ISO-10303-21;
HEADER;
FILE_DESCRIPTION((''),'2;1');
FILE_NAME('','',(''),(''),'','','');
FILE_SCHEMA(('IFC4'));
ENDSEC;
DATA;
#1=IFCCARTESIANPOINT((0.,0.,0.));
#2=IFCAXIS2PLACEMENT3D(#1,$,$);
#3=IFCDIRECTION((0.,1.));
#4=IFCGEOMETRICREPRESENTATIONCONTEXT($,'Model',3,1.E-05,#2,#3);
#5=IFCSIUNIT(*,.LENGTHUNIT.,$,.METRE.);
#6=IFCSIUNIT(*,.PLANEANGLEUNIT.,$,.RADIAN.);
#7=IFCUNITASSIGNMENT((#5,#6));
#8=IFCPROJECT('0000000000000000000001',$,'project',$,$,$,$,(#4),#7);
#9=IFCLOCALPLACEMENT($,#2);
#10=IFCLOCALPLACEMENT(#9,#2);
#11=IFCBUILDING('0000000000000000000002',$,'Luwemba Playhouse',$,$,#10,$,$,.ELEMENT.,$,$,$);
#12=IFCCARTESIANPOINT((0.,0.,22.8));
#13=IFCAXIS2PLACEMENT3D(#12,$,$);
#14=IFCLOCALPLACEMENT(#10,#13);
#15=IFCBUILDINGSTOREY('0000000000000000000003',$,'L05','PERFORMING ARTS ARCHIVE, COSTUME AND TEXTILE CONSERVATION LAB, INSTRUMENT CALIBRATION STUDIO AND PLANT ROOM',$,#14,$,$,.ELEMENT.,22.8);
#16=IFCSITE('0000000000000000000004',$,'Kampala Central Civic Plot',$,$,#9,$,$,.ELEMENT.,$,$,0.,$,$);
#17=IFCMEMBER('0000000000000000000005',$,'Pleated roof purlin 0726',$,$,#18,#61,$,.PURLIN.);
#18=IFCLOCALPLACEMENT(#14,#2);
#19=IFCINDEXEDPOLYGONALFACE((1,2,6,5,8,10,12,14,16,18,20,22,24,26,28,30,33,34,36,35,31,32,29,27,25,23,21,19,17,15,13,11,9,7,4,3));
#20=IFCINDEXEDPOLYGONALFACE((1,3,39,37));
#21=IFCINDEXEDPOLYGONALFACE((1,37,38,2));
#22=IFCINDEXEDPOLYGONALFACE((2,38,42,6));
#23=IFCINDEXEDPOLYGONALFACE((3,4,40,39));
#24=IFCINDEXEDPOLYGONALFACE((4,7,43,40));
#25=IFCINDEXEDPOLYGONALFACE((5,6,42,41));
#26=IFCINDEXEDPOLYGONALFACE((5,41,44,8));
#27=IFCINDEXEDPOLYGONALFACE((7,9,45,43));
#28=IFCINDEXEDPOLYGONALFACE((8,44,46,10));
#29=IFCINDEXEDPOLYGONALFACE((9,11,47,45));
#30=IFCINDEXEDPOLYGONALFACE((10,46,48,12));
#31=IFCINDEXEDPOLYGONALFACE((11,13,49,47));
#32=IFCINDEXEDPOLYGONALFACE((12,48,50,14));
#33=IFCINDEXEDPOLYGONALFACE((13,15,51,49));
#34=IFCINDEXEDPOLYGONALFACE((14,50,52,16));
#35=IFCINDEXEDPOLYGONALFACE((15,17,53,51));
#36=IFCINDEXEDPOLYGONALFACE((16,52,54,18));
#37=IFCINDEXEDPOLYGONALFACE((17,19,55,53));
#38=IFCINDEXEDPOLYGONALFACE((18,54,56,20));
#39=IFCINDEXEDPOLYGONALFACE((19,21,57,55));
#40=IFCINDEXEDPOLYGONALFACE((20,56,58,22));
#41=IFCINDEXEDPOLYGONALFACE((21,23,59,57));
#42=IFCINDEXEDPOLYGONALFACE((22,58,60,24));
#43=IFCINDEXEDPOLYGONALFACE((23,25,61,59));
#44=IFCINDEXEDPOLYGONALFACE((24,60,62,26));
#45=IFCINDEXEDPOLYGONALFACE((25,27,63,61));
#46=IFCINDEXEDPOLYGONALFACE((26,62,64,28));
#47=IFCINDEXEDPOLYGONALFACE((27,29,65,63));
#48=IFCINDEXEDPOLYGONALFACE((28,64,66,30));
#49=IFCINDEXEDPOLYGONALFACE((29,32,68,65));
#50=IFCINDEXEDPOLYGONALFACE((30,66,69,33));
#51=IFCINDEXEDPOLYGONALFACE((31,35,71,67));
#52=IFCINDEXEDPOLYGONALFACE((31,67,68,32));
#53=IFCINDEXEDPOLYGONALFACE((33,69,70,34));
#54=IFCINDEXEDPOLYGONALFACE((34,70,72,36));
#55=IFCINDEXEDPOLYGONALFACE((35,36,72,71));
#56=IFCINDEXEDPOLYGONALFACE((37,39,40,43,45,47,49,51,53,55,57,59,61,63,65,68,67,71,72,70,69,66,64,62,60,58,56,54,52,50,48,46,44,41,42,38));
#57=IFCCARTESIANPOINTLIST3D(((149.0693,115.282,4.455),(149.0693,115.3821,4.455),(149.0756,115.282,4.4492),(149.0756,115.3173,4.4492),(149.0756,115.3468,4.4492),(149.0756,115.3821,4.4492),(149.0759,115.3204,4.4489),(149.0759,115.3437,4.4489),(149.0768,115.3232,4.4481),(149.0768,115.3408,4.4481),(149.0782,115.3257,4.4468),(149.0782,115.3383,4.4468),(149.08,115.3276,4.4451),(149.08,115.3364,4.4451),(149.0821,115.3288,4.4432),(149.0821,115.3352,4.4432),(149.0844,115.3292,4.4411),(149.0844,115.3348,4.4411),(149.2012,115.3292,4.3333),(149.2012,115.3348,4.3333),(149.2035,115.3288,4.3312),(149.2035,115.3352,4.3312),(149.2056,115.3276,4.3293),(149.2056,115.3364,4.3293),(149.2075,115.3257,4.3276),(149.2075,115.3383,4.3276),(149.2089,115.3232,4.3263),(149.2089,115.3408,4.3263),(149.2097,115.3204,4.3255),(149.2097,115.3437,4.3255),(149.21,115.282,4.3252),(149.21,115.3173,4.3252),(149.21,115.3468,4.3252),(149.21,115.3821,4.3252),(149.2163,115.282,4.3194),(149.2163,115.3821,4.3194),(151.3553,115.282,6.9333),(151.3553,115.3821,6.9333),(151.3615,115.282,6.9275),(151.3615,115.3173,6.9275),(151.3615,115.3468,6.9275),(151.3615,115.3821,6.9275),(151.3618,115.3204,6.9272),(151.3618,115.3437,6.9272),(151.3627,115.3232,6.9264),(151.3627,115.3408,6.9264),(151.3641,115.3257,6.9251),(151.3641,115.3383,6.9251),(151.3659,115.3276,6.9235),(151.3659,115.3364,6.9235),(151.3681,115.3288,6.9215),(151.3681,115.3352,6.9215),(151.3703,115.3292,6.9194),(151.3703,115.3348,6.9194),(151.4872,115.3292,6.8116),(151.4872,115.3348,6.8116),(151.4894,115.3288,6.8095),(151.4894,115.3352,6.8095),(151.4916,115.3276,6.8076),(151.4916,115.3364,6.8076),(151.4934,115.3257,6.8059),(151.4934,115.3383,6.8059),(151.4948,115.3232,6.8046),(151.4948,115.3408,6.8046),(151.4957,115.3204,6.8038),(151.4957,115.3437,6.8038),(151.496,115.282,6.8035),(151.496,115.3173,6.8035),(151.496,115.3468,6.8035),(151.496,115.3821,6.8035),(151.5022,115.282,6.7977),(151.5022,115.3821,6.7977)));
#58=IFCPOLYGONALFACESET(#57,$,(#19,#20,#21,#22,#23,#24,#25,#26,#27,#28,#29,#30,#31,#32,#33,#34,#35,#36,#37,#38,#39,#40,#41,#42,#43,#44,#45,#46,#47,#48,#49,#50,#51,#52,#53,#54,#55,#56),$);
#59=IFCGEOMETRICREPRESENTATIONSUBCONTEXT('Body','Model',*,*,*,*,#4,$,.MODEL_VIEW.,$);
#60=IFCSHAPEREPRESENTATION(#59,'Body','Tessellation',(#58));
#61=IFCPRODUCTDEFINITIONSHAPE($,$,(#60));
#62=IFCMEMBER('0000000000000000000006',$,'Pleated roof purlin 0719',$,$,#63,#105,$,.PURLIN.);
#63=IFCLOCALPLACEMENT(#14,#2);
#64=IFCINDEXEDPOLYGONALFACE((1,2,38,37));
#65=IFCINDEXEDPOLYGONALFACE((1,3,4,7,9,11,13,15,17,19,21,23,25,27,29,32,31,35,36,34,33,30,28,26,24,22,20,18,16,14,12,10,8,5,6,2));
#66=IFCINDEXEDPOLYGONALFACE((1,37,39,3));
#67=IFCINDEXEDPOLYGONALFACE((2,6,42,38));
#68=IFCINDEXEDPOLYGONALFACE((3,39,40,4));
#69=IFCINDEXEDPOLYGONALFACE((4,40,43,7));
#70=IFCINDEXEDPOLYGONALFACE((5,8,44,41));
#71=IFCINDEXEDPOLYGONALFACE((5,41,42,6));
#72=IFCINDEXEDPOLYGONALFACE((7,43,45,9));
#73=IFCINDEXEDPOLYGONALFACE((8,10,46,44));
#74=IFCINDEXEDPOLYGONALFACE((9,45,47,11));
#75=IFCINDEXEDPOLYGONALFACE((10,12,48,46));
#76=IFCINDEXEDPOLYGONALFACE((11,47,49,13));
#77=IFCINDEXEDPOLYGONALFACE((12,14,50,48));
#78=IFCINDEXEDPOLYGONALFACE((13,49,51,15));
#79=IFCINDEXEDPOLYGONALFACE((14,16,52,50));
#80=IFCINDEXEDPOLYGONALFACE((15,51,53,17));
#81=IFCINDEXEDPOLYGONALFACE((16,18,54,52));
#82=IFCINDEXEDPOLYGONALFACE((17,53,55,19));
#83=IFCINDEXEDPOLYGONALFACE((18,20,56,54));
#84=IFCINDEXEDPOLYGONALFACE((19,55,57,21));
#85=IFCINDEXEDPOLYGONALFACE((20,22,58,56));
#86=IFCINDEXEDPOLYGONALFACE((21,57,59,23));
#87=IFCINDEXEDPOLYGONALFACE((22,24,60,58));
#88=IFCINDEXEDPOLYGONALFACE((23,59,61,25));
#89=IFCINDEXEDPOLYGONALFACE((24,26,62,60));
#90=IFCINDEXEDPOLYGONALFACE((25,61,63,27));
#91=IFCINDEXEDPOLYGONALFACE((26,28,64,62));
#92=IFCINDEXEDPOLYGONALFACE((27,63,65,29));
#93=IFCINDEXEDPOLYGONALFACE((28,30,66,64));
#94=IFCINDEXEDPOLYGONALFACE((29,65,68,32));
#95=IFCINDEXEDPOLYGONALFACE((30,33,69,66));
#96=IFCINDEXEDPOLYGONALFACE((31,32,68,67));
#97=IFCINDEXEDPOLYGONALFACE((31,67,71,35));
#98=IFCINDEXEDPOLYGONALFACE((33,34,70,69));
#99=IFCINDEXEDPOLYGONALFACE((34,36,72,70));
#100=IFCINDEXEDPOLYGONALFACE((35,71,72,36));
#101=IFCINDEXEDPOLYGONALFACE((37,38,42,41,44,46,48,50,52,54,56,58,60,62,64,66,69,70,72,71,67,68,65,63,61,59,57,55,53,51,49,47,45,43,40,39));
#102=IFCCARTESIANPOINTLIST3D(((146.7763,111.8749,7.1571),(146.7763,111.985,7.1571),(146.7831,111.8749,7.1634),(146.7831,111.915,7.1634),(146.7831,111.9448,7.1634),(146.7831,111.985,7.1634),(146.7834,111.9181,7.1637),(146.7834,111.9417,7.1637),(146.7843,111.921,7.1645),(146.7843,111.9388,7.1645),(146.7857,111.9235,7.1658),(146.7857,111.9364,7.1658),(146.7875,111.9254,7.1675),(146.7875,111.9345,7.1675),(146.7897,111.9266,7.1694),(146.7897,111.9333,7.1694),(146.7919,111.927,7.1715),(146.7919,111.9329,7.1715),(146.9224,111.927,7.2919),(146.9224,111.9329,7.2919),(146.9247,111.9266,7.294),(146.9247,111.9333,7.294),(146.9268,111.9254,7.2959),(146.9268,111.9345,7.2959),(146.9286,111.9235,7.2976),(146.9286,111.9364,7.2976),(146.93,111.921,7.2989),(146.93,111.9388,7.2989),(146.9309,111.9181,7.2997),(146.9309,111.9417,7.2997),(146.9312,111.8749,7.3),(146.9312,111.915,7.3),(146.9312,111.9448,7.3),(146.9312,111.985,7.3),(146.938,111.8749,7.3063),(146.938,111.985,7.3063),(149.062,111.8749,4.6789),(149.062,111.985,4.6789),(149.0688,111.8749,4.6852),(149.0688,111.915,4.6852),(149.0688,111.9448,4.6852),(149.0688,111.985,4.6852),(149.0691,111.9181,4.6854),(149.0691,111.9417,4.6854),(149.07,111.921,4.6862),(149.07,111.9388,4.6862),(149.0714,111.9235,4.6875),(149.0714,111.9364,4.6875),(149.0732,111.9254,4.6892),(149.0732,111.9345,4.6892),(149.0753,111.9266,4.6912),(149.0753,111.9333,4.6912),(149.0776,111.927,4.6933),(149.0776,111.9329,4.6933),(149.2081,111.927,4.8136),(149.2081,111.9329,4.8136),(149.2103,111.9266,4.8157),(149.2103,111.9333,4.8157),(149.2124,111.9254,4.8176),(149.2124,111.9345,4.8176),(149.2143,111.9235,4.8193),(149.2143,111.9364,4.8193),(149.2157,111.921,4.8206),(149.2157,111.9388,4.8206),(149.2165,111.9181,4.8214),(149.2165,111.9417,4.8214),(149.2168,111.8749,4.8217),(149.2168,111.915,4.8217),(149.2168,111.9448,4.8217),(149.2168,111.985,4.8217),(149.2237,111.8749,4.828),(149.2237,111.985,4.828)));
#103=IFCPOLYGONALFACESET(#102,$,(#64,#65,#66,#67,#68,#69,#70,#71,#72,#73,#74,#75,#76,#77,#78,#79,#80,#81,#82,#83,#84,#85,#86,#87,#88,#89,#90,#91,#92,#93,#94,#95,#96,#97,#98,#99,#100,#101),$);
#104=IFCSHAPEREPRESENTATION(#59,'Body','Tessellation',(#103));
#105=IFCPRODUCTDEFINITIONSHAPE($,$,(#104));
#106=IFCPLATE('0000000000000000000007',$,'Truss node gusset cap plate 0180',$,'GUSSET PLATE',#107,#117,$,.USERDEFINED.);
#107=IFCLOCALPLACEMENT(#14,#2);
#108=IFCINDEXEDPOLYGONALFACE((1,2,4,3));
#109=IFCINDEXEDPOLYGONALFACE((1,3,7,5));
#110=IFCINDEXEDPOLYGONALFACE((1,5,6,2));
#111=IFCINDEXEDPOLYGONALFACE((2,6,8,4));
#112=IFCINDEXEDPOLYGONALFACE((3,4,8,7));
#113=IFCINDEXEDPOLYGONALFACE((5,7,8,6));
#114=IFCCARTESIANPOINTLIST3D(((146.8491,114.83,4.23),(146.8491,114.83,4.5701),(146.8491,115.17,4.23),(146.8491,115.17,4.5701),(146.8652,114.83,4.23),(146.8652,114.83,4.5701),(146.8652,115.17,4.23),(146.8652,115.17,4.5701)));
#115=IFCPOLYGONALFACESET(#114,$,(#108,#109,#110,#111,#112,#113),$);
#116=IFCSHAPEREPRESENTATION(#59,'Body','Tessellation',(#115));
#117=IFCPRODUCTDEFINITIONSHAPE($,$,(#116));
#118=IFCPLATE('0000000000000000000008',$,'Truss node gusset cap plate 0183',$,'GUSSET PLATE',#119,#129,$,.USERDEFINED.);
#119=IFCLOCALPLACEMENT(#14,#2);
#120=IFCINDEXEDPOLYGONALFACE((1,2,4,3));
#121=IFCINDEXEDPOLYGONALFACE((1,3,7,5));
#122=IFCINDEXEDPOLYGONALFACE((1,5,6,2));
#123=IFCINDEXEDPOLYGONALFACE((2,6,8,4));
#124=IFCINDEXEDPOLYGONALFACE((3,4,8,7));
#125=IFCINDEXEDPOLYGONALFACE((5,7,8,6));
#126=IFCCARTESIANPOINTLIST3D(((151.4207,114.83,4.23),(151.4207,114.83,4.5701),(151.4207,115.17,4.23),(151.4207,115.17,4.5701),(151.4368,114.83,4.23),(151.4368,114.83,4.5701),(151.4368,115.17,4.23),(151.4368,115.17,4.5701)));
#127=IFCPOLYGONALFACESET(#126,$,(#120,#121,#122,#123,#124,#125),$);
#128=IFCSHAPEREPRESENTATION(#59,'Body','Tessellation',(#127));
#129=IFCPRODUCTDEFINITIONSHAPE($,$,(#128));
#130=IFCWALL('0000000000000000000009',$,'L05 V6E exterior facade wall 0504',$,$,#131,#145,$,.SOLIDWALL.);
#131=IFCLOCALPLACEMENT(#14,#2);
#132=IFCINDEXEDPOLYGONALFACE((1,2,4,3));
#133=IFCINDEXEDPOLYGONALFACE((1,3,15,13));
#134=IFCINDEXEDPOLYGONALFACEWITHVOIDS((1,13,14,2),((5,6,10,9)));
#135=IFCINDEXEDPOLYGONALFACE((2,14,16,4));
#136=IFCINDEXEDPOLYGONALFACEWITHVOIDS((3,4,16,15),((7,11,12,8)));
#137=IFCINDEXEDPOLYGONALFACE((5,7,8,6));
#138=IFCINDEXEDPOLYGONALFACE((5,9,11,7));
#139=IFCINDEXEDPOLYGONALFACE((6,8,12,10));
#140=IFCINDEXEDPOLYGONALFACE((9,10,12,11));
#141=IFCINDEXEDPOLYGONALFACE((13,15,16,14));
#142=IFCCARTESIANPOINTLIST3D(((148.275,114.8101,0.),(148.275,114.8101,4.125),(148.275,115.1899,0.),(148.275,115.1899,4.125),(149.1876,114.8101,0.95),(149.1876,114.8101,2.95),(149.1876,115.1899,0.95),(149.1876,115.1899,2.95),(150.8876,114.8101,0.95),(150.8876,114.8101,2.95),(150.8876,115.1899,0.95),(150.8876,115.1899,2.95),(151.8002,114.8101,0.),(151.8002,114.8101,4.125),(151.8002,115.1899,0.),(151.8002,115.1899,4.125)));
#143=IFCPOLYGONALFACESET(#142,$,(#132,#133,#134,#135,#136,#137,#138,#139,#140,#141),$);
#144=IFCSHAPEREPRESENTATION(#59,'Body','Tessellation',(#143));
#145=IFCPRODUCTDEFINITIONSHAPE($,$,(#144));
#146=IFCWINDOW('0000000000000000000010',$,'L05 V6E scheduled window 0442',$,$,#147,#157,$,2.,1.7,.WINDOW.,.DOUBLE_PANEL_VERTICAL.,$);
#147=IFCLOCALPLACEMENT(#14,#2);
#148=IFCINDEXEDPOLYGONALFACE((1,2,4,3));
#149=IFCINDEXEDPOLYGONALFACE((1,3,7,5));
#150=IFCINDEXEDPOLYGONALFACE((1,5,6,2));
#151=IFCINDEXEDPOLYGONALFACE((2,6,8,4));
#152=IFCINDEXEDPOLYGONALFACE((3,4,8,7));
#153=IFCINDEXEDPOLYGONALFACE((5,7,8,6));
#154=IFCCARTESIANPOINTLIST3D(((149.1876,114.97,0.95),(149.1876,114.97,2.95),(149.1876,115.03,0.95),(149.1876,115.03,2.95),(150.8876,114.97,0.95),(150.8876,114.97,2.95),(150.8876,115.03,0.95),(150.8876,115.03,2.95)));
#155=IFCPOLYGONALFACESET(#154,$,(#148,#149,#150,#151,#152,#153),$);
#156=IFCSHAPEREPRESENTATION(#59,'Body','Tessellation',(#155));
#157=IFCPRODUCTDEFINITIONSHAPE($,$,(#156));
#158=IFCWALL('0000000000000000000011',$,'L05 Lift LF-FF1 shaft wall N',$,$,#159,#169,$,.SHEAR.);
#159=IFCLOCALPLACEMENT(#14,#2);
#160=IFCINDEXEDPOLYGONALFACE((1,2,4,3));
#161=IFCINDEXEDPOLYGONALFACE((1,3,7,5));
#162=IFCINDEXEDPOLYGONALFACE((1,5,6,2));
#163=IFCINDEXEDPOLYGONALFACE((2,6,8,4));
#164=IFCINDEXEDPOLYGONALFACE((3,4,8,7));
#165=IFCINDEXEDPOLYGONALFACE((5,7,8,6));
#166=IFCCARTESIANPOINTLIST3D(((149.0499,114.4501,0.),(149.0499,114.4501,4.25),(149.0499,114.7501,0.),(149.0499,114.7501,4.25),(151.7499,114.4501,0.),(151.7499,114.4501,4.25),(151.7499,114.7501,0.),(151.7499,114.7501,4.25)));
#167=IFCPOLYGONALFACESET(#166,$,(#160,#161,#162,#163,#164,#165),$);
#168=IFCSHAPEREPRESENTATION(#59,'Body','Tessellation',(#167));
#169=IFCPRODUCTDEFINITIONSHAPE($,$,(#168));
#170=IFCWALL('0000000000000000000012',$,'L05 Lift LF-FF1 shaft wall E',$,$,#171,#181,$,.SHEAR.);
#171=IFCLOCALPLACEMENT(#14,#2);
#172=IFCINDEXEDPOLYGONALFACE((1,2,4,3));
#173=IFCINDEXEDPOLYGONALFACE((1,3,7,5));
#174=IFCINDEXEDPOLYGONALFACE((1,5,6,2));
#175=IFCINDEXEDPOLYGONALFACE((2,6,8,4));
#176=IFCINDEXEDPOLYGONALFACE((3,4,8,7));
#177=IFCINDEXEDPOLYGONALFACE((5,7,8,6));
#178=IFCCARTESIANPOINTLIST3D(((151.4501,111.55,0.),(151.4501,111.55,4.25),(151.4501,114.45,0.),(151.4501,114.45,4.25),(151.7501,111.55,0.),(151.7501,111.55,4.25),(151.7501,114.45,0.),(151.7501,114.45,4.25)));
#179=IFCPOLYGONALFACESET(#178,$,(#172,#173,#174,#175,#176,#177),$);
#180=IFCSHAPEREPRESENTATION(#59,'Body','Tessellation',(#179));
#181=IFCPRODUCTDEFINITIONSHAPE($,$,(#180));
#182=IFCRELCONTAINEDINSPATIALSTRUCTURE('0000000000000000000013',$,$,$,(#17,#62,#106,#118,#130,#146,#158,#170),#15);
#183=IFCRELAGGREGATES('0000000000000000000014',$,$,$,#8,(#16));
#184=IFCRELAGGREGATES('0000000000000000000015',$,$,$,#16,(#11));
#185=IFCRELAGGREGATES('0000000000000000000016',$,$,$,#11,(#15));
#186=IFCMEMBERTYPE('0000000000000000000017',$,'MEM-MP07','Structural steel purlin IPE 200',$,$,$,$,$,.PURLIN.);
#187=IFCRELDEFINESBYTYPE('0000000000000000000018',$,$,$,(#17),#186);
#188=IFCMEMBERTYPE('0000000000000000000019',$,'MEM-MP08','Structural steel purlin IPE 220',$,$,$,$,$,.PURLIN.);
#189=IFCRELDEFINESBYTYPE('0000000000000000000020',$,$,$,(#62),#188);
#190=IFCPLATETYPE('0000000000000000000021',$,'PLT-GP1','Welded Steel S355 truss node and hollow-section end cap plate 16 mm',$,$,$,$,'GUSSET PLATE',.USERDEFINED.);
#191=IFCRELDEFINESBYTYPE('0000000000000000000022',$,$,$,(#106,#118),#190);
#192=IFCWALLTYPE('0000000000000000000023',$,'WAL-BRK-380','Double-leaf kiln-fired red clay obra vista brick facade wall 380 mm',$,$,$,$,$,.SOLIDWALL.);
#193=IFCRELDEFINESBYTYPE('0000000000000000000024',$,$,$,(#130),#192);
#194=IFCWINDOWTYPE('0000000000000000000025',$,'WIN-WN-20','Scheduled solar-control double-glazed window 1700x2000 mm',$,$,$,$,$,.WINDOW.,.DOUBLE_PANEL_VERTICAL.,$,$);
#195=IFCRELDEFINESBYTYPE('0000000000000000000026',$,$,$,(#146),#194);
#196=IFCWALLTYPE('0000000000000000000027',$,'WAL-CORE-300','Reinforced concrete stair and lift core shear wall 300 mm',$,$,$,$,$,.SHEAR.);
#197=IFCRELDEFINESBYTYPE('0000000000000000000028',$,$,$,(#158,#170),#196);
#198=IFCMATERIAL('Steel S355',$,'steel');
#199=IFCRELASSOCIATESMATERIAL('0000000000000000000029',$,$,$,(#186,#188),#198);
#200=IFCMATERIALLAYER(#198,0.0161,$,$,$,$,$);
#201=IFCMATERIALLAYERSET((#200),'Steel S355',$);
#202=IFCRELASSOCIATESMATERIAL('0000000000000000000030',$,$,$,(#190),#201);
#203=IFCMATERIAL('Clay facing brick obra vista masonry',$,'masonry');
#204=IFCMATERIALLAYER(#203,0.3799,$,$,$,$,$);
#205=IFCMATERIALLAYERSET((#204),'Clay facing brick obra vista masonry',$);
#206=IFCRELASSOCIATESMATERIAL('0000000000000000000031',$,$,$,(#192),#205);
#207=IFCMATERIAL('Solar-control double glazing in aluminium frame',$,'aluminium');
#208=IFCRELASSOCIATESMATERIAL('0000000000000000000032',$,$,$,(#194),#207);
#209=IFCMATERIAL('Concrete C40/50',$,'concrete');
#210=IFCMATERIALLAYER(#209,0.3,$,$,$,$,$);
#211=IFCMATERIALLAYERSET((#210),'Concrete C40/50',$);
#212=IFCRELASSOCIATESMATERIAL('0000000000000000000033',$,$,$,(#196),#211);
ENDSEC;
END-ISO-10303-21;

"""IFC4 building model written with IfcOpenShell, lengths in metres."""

from ifc_helpers import new_model, si_unit, direction, frame, frame_2d, origin, origin_2d, place, context, subcontext, project, spatial, rectangle, i_section, extrude, material, layer, layer_set, material_profile, profile_set, type_object, element, fill, save


model = new_model("IFC4")

# Units and contexts
model_context = context("Model", 3, precision=1e-05, world=origin(), true_north=direction((0.0, 1.0)))
body_context = subcontext(model_context, "Body", "Model", "MODEL_VIEW")
ifc_project = project(units=[si_unit("LENGTHUNIT", "METRE"), si_unit("PLANEANGLEUNIT", "RADIAN")], contexts=[model_context])

# Site, building, storey
site_placement = place(None, origin())
site = spatial("IfcSite", under=ifc_project, at=site_placement, Name="Kampala Central Civic Plot", CompositionType="ELEMENT", RefElevation=0.0)
building_placement = place(site_placement, origin())
building = spatial("IfcBuilding", under=site, at=building_placement, Name="Luwemba Playhouse", CompositionType="ELEMENT")
storey_placement = place(building_placement, frame((0.0, 0.0, 22.8)))
storey = spatial("IfcBuildingStorey", under=building, at=storey_placement, Name="L05", Description="PERFORMING ARTS ARCHIVE, COSTUME AND TEXTILE CONSERVATION LAB, INSTRUMENT CALIBRATION STUDIO AND PLANT ROOM", CompositionType="ELEMENT", Elevation=22.8)

# Shared definitions
ifc_material_1 = material(Name="Concrete C40/50", Category="concrete")

# Shared definitions
ifc_material_2 = material(Name="Steel S355", Category="steel")

# Members
ifc_material_profile_1 = material_profile(ifc_material_2, i_section(OverallWidth=0.1001, OverallDepth=0.2, WebThickness=0.0056, FlangeThickness=0.0085, FilletRadius=0.012, at=origin_2d()))
ifc_profile_set_1 = profile_set([ifc_material_profile_1], Name="Steel S355")
member_type_1 = type_object("IfcMemberType", Name="MEM-MP07", Description="Structural steel purlin IPE 200", PredefinedType="PURLIN", material=ifc_profile_set_1)
member_1_placement = place(storey_placement, frame((149.1428, 115.332, 4.3872), z_axis=(0.678, 0.0, 0.735062), x_axis=(0.0, 1.0, 0.0)))
element("IfcMember", 1, at=member_1_placement, inside=storey, type_object=member_type_1, Name="Pleated roof purlin 0726", PredefinedType="PURLIN", context=body_context, shape_type="SweptSolid", body=[
    extrude(i_section(OverallWidth=0.1001, OverallDepth=0.2, WebThickness=0.0056, FlangeThickness=0.0085, FilletRadius=0.012, at=origin_2d()), origin(), (0.0, 0.0, 1.0), 3.3716),
])
ifc_material_profile_2 = material_profile(ifc_material_2, i_section(OverallWidth=0.1101, OverallDepth=0.22, WebThickness=0.0059, FlangeThickness=0.0093, FilletRadius=0.012, at=origin_2d()))
ifc_profile_set_2 = profile_set([ifc_material_profile_2], Name="Steel S355")
member_type_2 = type_object("IfcMemberType", Name="MEM-MP08", Description="Structural steel purlin IPE 220", PredefinedType="PURLIN", material=ifc_profile_set_2)
member_2_placement = place(storey_placement, frame((146.8572, 111.9299, 7.2317), z_axis=(0.677961, 0.0, -0.735098), x_axis=(0.0, 1.0, 0.0)))
element("IfcMember", 2, at=member_2_placement, inside=storey, type_object=member_type_2, Name="Pleated roof purlin 0719", PredefinedType="PURLIN", context=body_context, shape_type="SweptSolid", body=[
    extrude(i_section(OverallWidth=0.1101, OverallDepth=0.22, WebThickness=0.0059, FlangeThickness=0.0093, FilletRadius=0.012, at=origin_2d()), origin(), (0.0, 0.0, 1.0), 3.3713),
])

# Plates
ifc_layer_1 = layer(ifc_material_2, 0.0161)
ifc_layer_set_1 = layer_set([ifc_layer_1], Name="Steel S355")
plate_type = type_object("IfcPlateType", Name="PLT-GP1", Description="Welded Steel S355 truss node and hollow-section end cap plate 16 mm", ElementType="GUSSET PLATE", PredefinedType="USERDEFINED", material=ifc_layer_set_1)
for number, where, z_axis, x_axis, name in (
    (3, (146.8572, 115.0, 4.23), (0.0, 0.0, 1.0), (1.0, 0.0, 0.0), "Truss node gusset cap plate 0180"),
    (4, (151.4287, 115.0, 4.23), (0.0, 0.0, 1.0), (1.0, 0.0, 0.0), "Truss node gusset cap plate 0183"),
):
    element("IfcPlate", number, at=place(storey_placement, frame(where, z_axis=z_axis, x_axis=x_axis)), inside=storey, type_object=plate_type, Name=name, ObjectType="GUSSET PLATE", PredefinedType="USERDEFINED", context=body_context, shape_type="SweptSolid", body=[
        extrude(rectangle(XDim=0.0161, YDim=0.3401, at=origin_2d()), origin(), (0.0, 0.0, 1.0), 0.3401),
    ])

# Wall, opening, window
ifc_material_3 = material(Name="Clay facing brick obra vista masonry", Category="masonry")
ifc_layer_2 = layer(ifc_material_3, 0.3799)
ifc_layer_set_2 = layer_set([ifc_layer_2], Name="Clay facing brick obra vista masonry")
wall_type_1 = type_object("IfcWallType", Name="WAL-BRK-380", Description="Double-leaf kiln-fired red clay obra vista brick facade wall 380 mm", PredefinedType="SOLIDWALL", material=ifc_layer_set_2)
wall_1_placement = place(storey_placement, frame((148.2749, 115.0, 0.0), z_axis=(0.0, 0.0, 1.0), x_axis=(1.0, 0.0, 0.0)))
wall_1 = element("IfcWall", 5, at=wall_1_placement, inside=storey, type_object=wall_type_1, Name="L05 V6E exterior facade wall 0504", PredefinedType="SOLIDWALL", context=body_context, shape_type="SweptSolid", body=[
    extrude(rectangle(XDim=3.5251, YDim=0.3799, at=frame_2d((1.7627, 0.0))), origin(), (0.0, 0.0, 1.0), 4.125),
])
opening_1_placement = place(wall_1_placement, frame((0.9126, 0.0, 0.95)))
opening_1 = element("IfcOpeningElement", 6, at=opening_1_placement, cuts=wall_1, PredefinedType="OPENING", context=body_context, shape_type="SweptSolid", body=[
    extrude(rectangle(XDim=1.7, YDim=2.0, at=frame_2d((0.8501, 1.0))), frame((0.0, 0.2, 0.0), z_axis=(0.0, -1.0, 0.0), x_axis=(1.0, 0.0, 0.0)), (0.0, 0.0, 1.0), 0.3999),
])
ifc_material_4 = material(Name="Solar-control double glazing in aluminium frame", Category="aluminium")
window_type_1 = type_object("IfcWindowType", Name="WIN-WN-20", Description="Scheduled solar-control double-glazed window 1700x2000 mm", PartitioningType="DOUBLE_PANEL_VERTICAL", PredefinedType="WINDOW", material=ifc_material_4)
window_1_placement = place(opening_1_placement, origin())
window_1 = element("IfcWindow", 7, at=window_1_placement, inside=storey, type_object=window_type_1, Name="L05 V6E scheduled window 0442", OverallHeight=2.0, OverallWidth=1.7, PartitioningType="DOUBLE_PANEL_VERTICAL", PredefinedType="WINDOW", context=body_context, shape_type="SweptSolid", body=[
    extrude(rectangle(XDim=1.7, YDim=2.0, at=frame_2d((0.8501, 1.0))), frame((0.0, 0.03, 0.0), z_axis=(0.0, -1.0, 0.0), x_axis=(1.0, 0.0, 0.0)), (0.0, 0.0, 1.0), 0.0601),
])
fill(opening_1, window_1)

# Walls
ifc_layer_3 = layer(ifc_material_1, 0.3)
ifc_layer_set_3 = layer_set([ifc_layer_3], Name="Concrete C40/50")
wall_type_2 = type_object("IfcWallType", Name="WAL-CORE-300", Description="Reinforced concrete stair and lift core shear wall 300 mm", PredefinedType="SHEAR", material=ifc_layer_set_3)
wall_2_placement = place(storey_placement, frame((151.75, 114.6001, 0.0), z_axis=(0.0, 0.0, 1.0), x_axis=(-1.0, 0.0, 0.0)))
element("IfcWall", 8, at=wall_2_placement, inside=storey, type_object=wall_type_2, Name="L05 Lift LF-FF1 shaft wall N", PredefinedType="SHEAR", context=body_context, shape_type="SweptSolid", body=[
    extrude(rectangle(XDim=2.7, YDim=0.3, at=frame_2d((1.3501, 0.0))), origin(), (0.0, 0.0, 1.0), 4.25),
])
wall_3_placement = place(storey_placement, frame((151.6001, 114.45, 0.0), z_axis=(0.0, 0.0, 1.0), x_axis=(0.0, -1.0, 0.0)))
element("IfcWall", 9, at=wall_3_placement, inside=storey, type_object=wall_type_2, Name="L05 Lift LF-FF1 shaft wall E", PredefinedType="SHEAR", context=body_context, shape_type="SweptSolid", body=[
    extrude(rectangle(XDim=2.8999, YDim=0.3, at=frame_2d((1.45, 0.0))), origin(), (0.0, 0.0, 1.0), 4.25),
])

save(model, "model.ifc")
